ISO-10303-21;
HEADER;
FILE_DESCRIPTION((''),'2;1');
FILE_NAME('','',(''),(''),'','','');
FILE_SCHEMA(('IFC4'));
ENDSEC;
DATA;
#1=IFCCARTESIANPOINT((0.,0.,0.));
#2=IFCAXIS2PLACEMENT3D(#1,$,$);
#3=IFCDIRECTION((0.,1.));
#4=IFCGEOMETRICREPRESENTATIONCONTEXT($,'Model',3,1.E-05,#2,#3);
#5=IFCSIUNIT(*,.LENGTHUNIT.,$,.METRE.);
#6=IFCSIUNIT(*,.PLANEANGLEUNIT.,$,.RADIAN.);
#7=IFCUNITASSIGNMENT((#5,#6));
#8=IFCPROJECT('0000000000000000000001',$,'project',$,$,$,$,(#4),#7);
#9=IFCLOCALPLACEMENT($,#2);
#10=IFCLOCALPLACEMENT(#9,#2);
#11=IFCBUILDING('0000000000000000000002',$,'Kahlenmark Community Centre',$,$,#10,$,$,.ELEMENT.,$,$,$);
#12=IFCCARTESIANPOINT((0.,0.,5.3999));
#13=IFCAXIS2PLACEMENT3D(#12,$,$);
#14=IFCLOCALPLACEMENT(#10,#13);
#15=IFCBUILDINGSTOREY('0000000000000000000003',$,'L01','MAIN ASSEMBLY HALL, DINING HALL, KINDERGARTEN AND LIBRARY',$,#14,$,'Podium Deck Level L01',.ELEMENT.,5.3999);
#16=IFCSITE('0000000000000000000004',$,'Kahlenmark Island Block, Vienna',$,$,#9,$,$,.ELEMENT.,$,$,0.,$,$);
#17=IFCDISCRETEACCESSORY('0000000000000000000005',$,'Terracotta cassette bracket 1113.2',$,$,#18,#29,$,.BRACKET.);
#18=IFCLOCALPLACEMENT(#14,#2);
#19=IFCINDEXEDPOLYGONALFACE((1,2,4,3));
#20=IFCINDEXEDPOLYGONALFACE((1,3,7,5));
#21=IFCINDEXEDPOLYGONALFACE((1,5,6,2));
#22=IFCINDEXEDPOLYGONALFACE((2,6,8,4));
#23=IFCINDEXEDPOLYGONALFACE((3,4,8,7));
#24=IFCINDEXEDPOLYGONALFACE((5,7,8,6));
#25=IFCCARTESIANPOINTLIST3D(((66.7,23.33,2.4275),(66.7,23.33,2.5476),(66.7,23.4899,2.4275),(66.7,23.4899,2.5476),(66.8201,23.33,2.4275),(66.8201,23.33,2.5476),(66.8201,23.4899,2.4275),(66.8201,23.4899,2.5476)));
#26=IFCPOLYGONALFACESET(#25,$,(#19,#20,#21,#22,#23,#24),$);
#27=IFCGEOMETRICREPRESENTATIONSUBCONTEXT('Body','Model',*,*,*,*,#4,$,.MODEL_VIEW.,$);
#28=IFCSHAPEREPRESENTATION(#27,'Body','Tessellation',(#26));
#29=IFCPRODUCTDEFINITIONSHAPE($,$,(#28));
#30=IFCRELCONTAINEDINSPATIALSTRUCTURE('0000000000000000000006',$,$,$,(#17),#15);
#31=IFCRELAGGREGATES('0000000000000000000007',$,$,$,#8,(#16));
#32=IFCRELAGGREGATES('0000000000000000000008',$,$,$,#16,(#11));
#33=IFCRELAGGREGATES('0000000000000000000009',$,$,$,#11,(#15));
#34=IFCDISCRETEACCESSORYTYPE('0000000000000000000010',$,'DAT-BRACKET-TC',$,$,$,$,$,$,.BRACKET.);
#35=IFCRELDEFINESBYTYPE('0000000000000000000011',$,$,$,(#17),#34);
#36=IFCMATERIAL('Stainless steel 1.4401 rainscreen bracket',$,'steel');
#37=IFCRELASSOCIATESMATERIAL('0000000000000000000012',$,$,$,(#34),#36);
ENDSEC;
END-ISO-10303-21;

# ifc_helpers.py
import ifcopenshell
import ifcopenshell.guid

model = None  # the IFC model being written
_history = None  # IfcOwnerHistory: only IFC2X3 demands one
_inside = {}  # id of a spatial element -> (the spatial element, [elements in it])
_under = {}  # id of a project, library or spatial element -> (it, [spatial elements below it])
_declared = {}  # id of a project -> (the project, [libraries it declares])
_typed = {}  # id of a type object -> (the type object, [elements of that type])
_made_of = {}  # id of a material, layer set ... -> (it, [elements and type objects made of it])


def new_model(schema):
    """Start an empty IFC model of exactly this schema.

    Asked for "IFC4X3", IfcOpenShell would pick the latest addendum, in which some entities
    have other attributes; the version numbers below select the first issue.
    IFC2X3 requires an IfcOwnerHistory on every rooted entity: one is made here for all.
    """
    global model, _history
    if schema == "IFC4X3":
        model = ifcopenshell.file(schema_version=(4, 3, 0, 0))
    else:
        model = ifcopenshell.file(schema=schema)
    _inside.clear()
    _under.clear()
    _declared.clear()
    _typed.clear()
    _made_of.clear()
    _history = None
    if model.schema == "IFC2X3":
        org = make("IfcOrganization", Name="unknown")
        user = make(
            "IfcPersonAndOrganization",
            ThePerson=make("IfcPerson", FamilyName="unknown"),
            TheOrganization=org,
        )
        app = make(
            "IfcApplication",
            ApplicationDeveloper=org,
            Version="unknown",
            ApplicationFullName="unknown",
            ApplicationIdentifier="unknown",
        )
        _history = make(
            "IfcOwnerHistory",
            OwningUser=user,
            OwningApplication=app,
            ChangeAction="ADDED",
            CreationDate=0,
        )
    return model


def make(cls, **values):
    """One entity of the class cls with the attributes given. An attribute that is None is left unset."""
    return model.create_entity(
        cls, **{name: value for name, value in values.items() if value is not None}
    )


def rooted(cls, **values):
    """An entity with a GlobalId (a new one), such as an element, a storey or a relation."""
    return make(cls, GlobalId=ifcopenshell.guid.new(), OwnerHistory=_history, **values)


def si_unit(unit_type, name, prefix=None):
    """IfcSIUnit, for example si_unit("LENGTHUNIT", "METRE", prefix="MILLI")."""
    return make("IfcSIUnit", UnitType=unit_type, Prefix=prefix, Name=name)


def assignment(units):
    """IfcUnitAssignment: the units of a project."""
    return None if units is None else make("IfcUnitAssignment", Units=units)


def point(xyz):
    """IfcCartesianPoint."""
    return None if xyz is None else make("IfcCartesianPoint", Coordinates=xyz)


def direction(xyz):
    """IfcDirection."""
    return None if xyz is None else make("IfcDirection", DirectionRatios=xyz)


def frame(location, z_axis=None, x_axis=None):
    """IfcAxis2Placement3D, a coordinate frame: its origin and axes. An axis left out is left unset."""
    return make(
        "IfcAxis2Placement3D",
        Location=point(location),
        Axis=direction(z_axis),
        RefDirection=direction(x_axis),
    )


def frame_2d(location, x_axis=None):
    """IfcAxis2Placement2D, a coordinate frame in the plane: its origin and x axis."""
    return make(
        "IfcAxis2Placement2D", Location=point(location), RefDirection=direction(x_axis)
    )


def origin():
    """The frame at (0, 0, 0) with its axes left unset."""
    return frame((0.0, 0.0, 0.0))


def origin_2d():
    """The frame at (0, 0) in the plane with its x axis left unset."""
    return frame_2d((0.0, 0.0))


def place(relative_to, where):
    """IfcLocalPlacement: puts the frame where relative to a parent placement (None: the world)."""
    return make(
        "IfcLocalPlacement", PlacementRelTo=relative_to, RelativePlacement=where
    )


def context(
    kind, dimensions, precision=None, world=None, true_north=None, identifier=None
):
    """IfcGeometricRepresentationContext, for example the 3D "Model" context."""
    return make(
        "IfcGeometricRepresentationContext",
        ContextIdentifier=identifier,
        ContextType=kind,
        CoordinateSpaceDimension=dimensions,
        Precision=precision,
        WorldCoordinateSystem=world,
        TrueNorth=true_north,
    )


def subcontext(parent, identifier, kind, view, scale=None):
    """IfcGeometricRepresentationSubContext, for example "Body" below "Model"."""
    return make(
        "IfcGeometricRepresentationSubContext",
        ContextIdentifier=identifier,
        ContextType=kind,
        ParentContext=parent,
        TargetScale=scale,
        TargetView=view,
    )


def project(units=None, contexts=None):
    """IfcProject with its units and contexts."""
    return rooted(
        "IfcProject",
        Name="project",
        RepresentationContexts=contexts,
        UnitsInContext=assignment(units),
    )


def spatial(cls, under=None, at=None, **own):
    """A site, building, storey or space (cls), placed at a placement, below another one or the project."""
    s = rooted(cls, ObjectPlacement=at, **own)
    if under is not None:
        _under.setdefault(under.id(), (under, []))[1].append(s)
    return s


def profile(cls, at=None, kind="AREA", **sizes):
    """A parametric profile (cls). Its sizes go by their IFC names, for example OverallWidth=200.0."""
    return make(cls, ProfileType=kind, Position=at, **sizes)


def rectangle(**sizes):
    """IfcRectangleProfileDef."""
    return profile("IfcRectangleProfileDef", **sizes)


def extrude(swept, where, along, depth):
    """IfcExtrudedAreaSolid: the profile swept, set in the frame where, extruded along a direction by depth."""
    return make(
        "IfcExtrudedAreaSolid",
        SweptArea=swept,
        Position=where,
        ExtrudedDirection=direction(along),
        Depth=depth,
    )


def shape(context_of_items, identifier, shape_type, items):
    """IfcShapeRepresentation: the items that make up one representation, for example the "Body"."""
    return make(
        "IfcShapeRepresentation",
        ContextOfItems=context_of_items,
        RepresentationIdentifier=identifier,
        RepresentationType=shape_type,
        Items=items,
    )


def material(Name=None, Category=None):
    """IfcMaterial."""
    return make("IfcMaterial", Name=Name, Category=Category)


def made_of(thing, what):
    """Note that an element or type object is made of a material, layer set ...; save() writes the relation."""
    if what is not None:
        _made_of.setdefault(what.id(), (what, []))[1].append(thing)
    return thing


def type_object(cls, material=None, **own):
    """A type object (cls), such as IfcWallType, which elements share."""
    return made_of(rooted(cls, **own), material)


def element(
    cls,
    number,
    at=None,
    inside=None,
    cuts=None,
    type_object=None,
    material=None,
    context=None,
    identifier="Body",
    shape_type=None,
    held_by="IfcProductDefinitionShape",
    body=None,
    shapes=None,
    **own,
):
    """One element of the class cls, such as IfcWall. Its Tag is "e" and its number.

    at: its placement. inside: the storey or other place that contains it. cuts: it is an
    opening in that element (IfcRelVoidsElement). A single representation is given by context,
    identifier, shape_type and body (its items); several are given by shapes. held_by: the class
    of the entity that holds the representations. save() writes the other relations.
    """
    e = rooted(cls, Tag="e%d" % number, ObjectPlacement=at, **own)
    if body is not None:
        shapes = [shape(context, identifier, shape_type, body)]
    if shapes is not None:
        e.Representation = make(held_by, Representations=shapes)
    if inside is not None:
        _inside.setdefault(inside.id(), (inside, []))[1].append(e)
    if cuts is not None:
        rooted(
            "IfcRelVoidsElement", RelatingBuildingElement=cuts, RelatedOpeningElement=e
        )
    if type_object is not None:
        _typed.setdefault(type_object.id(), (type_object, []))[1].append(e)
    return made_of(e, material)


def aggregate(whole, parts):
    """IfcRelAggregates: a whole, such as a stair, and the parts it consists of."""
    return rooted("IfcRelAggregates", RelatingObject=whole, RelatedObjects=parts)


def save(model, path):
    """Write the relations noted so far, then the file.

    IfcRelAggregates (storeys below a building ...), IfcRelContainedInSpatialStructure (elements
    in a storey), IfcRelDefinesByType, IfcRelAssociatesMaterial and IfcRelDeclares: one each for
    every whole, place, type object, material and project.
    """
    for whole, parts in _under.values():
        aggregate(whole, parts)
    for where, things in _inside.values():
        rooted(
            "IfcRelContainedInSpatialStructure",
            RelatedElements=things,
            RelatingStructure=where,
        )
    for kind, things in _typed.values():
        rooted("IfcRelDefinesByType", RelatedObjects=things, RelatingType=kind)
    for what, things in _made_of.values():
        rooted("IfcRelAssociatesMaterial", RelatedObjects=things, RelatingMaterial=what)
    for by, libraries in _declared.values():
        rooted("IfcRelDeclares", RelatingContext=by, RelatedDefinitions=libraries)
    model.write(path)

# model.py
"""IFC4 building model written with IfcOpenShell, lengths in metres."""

from ifc_helpers import new_model, si_unit, direction, frame, origin, origin_2d, place, context, subcontext, project, spatial, rectangle, extrude, material, type_object, element, save


model = new_model("IFC4")

# Units and contexts
model_context = context("Model", 3, precision=1e-05, world=origin(), true_north=direction((0.0, 1.0)))
body_context = subcontext(model_context, "Body", "Model", "MODEL_VIEW")
ifc_project = project(units=[si_unit("LENGTHUNIT", "METRE"), si_unit("PLANEANGLEUNIT", "RADIAN")], contexts=[model_context])

# Site, building, storey
site_placement = place(None, origin())
site = spatial("IfcSite", under=ifc_project, at=site_placement, Name="Kahlenmark Island Block, Vienna", CompositionType="ELEMENT", RefElevation=0.0)
building_placement = place(site_placement, origin())
building = spatial("IfcBuilding", under=site, at=building_placement, Name="Kahlenmark Community Centre", CompositionType="ELEMENT")
storey_placement = place(building_placement, frame((0.0, 0.0, 5.3999)))
storey = spatial("IfcBuildingStorey", under=building, at=storey_placement, Name="L01", Description="MAIN ASSEMBLY HALL, DINING HALL, KINDERGARTEN AND LIBRARY", LongName="Podium Deck Level L01", CompositionType="ELEMENT", Elevation=5.3999)

# Discrete accessory
ifc_material_1 = material(Name="Stainless steel 1.4401 rainscreen bracket", Category="steel")
discrete_accessory_type = type_object("IfcDiscreteAccessoryType", Name="DAT-BRACKET-TC", PredefinedType="BRACKET", material=ifc_material_1)
for number, where, z_axis, x_axis, name in (
    (1, (66.76, 23.4099, 2.4275), (0.0, 0.0, 1.0), (-1.0, 0.0, 0.0), "Terracotta cassette bracket 1113.2"),
):
    element("IfcDiscreteAccessory", number, at=place(storey_placement, frame(where, z_axis=z_axis, x_axis=x_axis)), inside=storey, type_object=discrete_accessory_type, Name=name, PredefinedType="BRACKET", context=body_context, shape_type="SweptSolid", body=[
        extrude(rectangle(XDim=0.1201, YDim=0.1599, at=origin_2d()), origin(), (0.0, 0.0, 1.0), 0.1201),
    ])

save(model, "model.ifc")
